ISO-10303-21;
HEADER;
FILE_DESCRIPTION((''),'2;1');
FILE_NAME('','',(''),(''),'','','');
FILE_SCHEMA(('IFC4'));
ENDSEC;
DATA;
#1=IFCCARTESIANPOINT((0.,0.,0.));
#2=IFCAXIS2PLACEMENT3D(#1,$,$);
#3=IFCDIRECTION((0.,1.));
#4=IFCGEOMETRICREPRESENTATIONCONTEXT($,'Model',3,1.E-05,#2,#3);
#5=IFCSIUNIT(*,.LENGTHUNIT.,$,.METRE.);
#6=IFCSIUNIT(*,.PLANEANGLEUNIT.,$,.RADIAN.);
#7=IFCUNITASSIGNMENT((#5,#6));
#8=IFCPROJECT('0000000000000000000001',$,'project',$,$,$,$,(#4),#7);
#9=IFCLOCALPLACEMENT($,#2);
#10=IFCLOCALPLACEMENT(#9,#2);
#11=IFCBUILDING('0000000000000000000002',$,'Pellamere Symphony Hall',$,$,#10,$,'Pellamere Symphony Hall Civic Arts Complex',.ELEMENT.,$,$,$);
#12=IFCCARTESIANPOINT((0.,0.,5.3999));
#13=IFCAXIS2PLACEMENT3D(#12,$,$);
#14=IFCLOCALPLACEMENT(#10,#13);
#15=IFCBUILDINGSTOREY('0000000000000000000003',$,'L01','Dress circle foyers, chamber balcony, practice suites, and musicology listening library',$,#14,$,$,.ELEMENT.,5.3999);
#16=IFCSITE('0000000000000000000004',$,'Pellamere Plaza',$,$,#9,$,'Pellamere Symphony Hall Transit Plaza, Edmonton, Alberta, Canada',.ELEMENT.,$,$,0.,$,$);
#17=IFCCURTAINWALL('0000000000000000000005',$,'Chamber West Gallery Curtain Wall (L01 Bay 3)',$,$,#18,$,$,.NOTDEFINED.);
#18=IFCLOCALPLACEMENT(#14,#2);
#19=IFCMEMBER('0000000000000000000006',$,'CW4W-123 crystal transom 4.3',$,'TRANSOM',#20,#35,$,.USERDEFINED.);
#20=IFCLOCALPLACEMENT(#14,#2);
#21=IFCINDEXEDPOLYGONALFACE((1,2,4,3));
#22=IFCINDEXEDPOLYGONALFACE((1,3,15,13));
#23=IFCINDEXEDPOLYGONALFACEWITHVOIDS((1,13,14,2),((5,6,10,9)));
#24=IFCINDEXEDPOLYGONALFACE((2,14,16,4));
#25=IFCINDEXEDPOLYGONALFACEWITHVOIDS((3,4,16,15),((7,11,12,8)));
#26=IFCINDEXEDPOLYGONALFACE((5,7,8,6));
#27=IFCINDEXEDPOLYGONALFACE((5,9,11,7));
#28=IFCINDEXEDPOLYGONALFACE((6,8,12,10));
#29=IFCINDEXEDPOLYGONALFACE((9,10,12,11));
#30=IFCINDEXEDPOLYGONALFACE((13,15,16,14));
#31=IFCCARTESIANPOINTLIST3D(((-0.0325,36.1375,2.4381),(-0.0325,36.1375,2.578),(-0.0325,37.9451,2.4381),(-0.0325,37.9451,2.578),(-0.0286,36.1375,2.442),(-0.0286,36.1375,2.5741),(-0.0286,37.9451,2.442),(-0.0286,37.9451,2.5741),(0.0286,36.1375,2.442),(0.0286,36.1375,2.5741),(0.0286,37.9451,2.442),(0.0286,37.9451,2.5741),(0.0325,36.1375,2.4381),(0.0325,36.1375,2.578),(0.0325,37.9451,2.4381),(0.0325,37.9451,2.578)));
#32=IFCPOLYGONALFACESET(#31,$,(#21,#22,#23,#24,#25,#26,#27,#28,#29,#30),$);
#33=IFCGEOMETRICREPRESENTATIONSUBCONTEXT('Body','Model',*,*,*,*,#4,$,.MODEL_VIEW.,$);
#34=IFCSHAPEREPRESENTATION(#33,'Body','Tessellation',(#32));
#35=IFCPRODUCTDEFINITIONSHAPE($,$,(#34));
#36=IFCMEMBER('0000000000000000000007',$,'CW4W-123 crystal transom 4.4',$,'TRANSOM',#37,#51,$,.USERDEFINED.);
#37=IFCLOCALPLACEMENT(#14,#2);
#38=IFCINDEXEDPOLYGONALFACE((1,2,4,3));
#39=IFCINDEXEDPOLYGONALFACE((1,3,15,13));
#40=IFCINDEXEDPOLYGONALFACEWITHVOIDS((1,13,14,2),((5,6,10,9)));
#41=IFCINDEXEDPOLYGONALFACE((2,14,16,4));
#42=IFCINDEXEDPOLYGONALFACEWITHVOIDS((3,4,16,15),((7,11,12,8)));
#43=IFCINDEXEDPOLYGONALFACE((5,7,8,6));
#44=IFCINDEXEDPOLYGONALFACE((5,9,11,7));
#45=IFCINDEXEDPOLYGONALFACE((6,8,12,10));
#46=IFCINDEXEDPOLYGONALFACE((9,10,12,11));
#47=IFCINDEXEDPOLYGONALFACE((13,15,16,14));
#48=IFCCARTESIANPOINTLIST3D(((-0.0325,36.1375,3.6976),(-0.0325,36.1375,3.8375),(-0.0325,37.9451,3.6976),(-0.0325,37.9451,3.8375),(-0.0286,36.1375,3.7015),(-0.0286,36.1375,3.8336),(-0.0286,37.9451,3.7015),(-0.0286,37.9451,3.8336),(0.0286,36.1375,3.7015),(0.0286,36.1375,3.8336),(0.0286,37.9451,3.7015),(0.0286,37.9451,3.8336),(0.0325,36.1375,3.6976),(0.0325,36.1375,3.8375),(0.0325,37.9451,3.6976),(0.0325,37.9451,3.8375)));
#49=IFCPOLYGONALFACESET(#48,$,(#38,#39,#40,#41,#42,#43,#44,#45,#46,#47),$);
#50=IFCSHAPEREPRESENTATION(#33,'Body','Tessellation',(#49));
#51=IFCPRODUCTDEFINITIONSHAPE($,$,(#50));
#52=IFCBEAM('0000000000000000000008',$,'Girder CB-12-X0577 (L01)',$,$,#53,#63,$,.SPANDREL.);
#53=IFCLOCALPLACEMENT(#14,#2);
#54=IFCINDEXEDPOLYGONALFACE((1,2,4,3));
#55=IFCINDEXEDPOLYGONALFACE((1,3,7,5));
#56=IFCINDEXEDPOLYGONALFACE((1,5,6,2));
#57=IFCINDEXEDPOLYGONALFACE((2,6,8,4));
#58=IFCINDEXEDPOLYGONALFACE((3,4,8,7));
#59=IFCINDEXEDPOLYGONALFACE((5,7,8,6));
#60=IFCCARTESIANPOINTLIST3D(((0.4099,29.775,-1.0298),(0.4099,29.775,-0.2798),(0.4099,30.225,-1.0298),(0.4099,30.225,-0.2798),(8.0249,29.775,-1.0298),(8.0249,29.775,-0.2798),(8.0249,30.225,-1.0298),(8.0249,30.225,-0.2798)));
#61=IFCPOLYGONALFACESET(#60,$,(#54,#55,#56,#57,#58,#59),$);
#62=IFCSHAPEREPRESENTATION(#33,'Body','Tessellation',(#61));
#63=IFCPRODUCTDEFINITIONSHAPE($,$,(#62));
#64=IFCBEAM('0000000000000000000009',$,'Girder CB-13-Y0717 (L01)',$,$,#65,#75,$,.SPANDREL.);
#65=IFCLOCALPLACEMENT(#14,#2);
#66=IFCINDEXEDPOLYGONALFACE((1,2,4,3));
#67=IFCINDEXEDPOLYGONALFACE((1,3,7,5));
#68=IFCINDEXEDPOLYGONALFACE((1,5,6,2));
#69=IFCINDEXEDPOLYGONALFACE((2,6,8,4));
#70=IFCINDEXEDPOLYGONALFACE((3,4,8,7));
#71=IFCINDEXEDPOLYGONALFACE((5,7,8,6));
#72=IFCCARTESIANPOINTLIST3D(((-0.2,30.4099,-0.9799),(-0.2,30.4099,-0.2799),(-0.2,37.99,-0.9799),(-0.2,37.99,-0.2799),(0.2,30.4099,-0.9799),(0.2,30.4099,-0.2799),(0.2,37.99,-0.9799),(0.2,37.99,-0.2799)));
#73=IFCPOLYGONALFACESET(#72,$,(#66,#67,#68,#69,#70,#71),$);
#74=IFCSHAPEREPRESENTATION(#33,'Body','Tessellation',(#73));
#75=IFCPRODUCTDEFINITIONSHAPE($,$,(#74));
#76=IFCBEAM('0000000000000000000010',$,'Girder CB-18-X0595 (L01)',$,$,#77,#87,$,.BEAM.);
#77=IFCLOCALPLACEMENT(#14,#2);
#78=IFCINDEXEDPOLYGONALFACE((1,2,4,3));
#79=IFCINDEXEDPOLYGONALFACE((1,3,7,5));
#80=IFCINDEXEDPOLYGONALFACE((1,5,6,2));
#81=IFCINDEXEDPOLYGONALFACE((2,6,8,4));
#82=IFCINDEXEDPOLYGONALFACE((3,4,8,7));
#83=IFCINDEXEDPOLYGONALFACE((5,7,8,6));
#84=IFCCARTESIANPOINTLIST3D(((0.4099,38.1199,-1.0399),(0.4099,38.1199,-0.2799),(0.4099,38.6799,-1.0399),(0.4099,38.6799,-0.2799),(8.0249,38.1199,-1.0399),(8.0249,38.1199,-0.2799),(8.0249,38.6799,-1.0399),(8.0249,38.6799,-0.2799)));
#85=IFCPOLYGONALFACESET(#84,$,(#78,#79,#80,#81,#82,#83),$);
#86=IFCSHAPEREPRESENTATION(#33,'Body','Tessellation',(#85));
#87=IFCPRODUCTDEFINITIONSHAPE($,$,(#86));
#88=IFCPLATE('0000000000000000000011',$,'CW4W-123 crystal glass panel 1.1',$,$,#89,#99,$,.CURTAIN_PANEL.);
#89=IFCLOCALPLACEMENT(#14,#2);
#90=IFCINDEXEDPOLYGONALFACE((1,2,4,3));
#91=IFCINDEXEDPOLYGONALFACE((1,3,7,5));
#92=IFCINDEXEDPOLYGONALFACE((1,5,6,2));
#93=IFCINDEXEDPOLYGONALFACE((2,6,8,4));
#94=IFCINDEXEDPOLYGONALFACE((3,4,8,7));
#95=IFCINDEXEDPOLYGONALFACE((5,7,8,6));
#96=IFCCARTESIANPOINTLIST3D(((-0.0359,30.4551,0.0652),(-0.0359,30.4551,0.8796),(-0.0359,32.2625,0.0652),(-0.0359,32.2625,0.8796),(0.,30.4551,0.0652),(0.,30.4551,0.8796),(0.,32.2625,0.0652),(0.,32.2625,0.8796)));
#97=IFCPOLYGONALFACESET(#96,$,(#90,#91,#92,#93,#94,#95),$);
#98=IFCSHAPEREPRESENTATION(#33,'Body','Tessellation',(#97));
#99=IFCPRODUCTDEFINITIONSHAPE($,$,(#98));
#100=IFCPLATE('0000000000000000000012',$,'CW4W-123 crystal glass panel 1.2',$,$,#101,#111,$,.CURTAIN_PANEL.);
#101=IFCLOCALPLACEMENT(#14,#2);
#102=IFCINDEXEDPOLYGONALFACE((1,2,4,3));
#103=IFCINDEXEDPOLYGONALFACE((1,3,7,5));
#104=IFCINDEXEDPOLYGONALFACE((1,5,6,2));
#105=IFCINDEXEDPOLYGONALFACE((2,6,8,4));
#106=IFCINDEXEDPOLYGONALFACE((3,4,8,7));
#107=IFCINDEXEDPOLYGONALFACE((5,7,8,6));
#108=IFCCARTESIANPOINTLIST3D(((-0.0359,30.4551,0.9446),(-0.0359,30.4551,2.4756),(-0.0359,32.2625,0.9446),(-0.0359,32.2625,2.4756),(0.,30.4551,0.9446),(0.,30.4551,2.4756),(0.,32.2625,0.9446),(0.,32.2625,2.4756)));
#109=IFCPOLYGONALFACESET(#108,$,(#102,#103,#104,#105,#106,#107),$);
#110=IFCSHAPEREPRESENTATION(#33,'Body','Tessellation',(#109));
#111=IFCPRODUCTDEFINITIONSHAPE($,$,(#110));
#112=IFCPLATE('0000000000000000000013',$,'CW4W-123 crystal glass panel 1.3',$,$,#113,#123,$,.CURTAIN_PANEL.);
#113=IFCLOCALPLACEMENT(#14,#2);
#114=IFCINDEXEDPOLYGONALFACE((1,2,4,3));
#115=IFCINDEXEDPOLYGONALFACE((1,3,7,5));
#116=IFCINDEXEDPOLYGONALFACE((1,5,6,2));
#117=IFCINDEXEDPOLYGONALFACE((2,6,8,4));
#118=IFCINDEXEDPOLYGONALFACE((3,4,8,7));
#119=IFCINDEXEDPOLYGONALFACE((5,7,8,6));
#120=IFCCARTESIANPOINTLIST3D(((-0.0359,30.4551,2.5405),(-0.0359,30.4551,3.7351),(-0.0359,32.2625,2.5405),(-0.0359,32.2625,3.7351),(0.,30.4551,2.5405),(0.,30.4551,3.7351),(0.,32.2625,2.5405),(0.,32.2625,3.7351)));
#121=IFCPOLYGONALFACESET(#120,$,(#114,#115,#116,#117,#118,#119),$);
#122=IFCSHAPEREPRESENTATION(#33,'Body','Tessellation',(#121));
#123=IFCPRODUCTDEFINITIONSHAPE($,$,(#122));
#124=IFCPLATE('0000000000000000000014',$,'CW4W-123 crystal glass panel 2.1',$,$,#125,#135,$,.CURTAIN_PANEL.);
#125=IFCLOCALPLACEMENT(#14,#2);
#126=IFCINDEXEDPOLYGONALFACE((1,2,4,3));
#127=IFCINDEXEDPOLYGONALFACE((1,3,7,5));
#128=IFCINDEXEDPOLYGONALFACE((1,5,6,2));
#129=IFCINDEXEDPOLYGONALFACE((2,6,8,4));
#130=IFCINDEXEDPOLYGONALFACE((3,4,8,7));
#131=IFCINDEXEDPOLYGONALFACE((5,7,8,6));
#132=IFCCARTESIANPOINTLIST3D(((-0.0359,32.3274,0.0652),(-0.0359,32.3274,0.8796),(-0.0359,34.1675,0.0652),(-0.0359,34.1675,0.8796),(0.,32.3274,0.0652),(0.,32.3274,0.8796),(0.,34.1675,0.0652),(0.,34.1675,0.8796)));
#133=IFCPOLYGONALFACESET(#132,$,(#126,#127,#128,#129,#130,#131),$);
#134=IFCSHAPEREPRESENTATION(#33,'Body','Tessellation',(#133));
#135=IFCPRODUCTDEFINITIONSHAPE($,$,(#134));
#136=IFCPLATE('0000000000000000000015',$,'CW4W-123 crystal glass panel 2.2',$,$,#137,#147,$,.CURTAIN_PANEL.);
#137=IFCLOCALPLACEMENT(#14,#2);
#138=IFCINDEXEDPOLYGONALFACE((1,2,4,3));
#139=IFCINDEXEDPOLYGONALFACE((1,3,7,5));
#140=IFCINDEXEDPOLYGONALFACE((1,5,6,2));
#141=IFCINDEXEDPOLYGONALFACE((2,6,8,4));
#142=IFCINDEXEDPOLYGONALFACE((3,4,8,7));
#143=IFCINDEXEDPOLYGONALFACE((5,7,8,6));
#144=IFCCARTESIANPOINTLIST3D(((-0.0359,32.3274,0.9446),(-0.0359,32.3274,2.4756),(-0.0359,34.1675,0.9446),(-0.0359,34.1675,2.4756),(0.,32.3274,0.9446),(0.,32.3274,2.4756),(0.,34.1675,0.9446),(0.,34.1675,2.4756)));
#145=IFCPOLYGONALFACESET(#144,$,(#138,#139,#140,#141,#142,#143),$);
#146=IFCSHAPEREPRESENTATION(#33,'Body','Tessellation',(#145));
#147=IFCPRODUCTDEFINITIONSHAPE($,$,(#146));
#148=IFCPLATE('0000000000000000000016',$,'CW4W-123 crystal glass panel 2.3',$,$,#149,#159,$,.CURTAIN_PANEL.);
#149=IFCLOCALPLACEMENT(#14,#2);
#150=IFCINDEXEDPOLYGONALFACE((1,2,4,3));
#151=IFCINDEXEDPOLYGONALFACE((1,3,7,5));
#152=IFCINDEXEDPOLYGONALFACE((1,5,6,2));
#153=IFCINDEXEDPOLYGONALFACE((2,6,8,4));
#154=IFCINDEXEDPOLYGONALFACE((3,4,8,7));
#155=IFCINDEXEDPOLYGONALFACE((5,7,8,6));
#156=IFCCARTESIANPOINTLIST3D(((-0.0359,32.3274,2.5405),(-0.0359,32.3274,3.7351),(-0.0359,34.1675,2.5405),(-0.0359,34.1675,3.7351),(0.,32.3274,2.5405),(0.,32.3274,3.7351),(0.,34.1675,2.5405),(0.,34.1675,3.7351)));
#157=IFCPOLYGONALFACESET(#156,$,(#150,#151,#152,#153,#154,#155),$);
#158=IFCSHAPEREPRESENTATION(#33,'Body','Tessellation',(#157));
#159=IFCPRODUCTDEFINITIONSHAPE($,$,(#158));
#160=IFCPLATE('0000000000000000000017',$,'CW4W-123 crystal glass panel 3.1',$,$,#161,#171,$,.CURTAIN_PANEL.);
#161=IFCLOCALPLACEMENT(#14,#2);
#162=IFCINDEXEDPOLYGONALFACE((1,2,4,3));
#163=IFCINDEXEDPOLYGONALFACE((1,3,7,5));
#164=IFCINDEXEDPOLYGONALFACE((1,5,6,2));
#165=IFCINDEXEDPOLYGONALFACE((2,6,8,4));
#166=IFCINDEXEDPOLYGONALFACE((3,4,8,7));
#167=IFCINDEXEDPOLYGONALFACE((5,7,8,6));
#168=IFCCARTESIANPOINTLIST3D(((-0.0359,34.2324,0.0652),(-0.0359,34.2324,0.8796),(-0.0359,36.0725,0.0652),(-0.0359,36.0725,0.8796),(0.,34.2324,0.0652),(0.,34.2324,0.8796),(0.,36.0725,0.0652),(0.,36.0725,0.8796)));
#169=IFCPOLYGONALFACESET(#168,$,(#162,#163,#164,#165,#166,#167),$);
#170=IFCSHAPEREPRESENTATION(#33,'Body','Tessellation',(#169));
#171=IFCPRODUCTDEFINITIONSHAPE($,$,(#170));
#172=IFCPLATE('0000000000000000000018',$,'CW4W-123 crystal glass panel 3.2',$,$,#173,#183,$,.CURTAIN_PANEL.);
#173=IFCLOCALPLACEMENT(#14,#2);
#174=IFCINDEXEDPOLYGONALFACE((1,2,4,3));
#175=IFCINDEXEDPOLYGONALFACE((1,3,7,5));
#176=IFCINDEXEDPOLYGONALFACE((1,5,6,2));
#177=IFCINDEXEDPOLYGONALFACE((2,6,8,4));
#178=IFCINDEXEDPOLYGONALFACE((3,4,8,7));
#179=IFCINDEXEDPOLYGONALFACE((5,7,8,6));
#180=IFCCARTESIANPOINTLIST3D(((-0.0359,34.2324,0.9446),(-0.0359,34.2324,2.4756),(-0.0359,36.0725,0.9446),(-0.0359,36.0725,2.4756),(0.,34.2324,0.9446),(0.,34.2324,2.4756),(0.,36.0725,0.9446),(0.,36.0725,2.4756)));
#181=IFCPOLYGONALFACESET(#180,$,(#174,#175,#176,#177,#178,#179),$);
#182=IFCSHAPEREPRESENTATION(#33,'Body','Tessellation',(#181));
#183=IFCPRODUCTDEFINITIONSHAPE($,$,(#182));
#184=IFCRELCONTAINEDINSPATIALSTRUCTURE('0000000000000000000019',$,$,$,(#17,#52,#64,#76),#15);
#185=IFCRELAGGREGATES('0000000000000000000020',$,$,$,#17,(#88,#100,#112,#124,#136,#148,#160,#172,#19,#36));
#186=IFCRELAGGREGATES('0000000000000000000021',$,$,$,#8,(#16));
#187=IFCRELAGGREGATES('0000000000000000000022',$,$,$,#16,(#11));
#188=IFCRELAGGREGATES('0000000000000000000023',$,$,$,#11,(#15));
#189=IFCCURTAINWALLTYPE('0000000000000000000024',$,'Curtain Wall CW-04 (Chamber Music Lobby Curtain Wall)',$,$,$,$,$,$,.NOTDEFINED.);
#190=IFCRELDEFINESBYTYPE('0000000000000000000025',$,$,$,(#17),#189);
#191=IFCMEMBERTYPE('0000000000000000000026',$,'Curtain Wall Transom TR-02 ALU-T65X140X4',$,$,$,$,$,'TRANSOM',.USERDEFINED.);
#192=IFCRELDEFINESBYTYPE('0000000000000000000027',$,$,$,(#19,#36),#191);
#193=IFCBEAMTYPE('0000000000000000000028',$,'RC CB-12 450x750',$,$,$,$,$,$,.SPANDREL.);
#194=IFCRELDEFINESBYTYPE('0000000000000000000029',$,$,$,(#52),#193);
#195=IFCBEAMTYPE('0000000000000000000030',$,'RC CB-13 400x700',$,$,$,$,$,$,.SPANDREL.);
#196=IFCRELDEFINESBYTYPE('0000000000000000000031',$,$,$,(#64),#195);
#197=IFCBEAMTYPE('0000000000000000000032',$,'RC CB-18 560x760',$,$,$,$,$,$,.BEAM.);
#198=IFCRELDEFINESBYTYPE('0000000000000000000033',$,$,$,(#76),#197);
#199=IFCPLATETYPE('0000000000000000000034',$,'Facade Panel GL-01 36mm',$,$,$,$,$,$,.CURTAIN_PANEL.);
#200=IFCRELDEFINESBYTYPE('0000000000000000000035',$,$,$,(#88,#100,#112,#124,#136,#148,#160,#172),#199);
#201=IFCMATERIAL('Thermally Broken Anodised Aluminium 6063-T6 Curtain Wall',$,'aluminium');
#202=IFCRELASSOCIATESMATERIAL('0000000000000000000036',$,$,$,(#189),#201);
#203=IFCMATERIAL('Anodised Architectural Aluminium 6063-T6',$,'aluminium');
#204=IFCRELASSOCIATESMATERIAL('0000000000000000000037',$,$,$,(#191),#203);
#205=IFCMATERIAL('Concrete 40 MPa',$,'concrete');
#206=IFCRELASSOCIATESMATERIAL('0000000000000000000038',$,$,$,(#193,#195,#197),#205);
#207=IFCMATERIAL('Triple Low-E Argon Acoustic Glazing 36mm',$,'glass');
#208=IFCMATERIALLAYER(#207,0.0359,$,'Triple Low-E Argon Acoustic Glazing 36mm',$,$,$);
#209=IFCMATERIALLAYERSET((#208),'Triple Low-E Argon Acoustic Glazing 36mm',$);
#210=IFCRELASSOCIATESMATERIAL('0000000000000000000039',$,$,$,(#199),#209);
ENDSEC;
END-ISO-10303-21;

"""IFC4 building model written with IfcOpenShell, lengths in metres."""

from ifc_helpers import new_model, si_unit, direction, frame, origin, origin_2d, place, context, subcontext, project, spatial, polyline, rectangle, hollow_rectangle, outline, extrude, material, layer, layer_set, material_profile, profile_set, type_object, element, aggregate, save


model = new_model("IFC4")

# Units and contexts
model_context = context("Model", 3, precision=1e-05, world=origin(), true_north=direction((0.0, 1.0)))
body_context = subcontext(model_context, "Body", "Model", "MODEL_VIEW")
ifc_project = project(units=[si_unit("LENGTHUNIT", "METRE"), si_unit("PLANEANGLEUNIT", "RADIAN")], contexts=[model_context])

# Site, building, storey
site_placement = place(None, origin())
site = spatial("IfcSite", under=ifc_project, at=site_placement, Name="Pellamere Plaza", LongName="Pellamere Symphony Hall Transit Plaza, Edmonton, Alberta, Canada", CompositionType="ELEMENT", RefElevation=0.0)
building_placement = place(site_placement, origin())
building = spatial("IfcBuilding", under=site, at=building_placement, Name="Pellamere Symphony Hall", LongName="Pellamere Symphony Hall Civic Arts Complex", CompositionType="ELEMENT")
storey_placement = place(building_placement, frame((0.0, 0.0, 5.3999)))
storey = spatial("IfcBuildingStorey", under=building, at=storey_placement, Name="L01", Description="Dress circle foyers, chamber balcony, practice suites, and musicology listening library", CompositionType="ELEMENT", Elevation=5.3999)

# Shared definitions
ifc_material_1 = material(Name="Concrete 40 MPa", Category="concrete")

# Shared definitions
ifc_material_2 = material(Name="Thermally Broken Anodised Aluminium 6063-T6 Curtain Wall", Category="aluminium")
curtain_wall_type = type_object("IfcCurtainWallType", Name="Curtain Wall CW-04 (Chamber Music Lobby Curtain Wall)", PredefinedType="NOTDEFINED", material=ifc_material_2)
ifc_material_3 = material(Name="Anodised Architectural Aluminium 6063-T6", Category="aluminium")

# Curtain wall, members
curtain_wall_1_placement = place(storey_placement, origin())
curtain_wall_1 = element("IfcCurtainWall", 1, at=curtain_wall_1_placement, inside=storey, type_object=curtain_wall_type, Name="Chamber West Gallery Curtain Wall (L01 Bay 3)", PredefinedType="NOTDEFINED")
ifc_material_profile_1 = material_profile(ifc_material_3, hollow_rectangle(XDim=0.0649, YDim=0.1399, WallThickness=0.0039, at=origin_2d()), Name="ALU-T65X140X4")
ifc_profile_set_1 = profile_set([ifc_material_profile_1], Name="Anodised Architectural Aluminium 6063-T6")
member_type_1 = type_object("IfcMemberType", Name="Curtain Wall Transom TR-02 ALU-T65X140X4", ElementType="TRANSOM", PredefinedType="USERDEFINED", material=ifc_profile_set_1)
member_1_placement = place(storey_placement, frame((0.0, 36.1375, 2.5081), z_axis=(0.0, 1.0, 0.0), x_axis=(-1.0, 0.0, 0.0)))
member_1 = element("IfcMember", 2, at=member_1_placement, type_object=member_type_1, Name="CW4W-123 crystal transom 4.3", ObjectType="TRANSOM", PredefinedType="USERDEFINED", context=body_context, shape_type="SweptSolid", body=[
    extrude(hollow_rectangle(XDim=0.0649, YDim=0.1399, WallThickness=0.0039, at=origin_2d()), origin(), (0.0, 0.0, 1.0), 1.8076),
])
member_2_placement = place(storey_placement, frame((0.0, 36.1375, 3.7676), z_axis=(0.0, 1.0, 0.0), x_axis=(-1.0, 0.0, 0.0)))
member_2 = element("IfcMember", 3, at=member_2_placement, type_object=member_type_1, Name="CW4W-123 crystal transom 4.4", ObjectType="TRANSOM", PredefinedType="USERDEFINED", context=body_context, shape_type="SweptSolid", body=[
    extrude(hollow_rectangle(XDim=0.0649, YDim=0.1399, WallThickness=0.0039, at=origin_2d()), origin(), (0.0, 0.0, 1.0), 1.8076),
])

# Beams
ifc_material_profile_2 = material_profile(ifc_material_1, rectangle(XDim=0.45, YDim=0.75, at=origin_2d()), Name="RC 450x750")
ifc_profile_set_2 = profile_set([ifc_material_profile_2], Name="Concrete 40 MPa")
beam_type_1 = type_object("IfcBeamType", Name="RC CB-12 450x750", PredefinedType="SPANDREL", material=ifc_profile_set_2)
beam_1_placement = place(storey_placement, frame((0.4099, 30.0, -0.6548), z_axis=(1.0, 0.0, 0.0), x_axis=(0.0, 1.0, 0.0)))
element("IfcBeam", 4, at=beam_1_placement, inside=storey, type_object=beam_type_1, Name="Girder CB-12-X0577 (L01)", PredefinedType="SPANDREL", context=body_context, shape_type="SweptSolid", body=[
    extrude(rectangle(XDim=0.45, YDim=0.75, at=origin_2d()), origin(), (0.0, 0.0, 1.0), 7.615),
])
ifc_material_profile_3 = material_profile(ifc_material_1, rectangle(XDim=0.3999, YDim=0.7, at=origin_2d()), Name="RC 400x700")
ifc_profile_set_3 = profile_set([ifc_material_profile_3], Name="Concrete 40 MPa")
beam_type_2 = type_object("IfcBeamType", Name="RC CB-13 400x700", PredefinedType="SPANDREL", material=ifc_profile_set_3)
beam_2_placement = place(storey_placement, frame((0.0, 30.4099, -0.6299), z_axis=(0.0, 1.0, 0.0), x_axis=(-1.0, 0.0, 0.0)))
element("IfcBeam", 5, at=beam_2_placement, inside=storey, type_object=beam_type_2, Name="Girder CB-13-Y0717 (L01)", PredefinedType="SPANDREL", context=body_context, shape_type="SweptSolid", body=[
    extrude(rectangle(XDim=0.3999, YDim=0.7, at=origin_2d()), origin(), (0.0, 0.0, 1.0), 7.5801),
])
ifc_material_profile_4 = material_profile(ifc_material_1, rectangle(XDim=0.5601, YDim=0.76, at=origin_2d()), Name="RC 560x760")
ifc_profile_set_4 = profile_set([ifc_material_profile_4], Name="Concrete 40 MPa")
beam_type_3 = type_object("IfcBeamType", Name="RC CB-18 560x760", PredefinedType="BEAM", material=ifc_profile_set_4)
beam_3_placement = place(storey_placement, frame((0.4099, 38.3999, -0.6599), z_axis=(1.0, 0.0, 0.0), x_axis=(0.0, 1.0, 0.0)))
element("IfcBeam", 6, at=beam_3_placement, inside=storey, type_object=beam_type_3, Name="Girder CB-18-X0595 (L01)", PredefinedType="BEAM", context=body_context, shape_type="SweptSolid", body=[
    extrude(rectangle(XDim=0.5601, YDim=0.76, at=origin_2d()), origin(), (0.0, 0.0, 1.0), 7.615),
])

# Plates
ifc_material_4 = material(Name="Triple Low-E Argon Acoustic Glazing 36mm", Category="glass")
ifc_layer_1 = layer(ifc_material_4, 0.0359, Name="Triple Low-E Argon Acoustic Glazing 36mm")
ifc_layer_set_1 = layer_set([ifc_layer_1], Name="Triple Low-E Argon Acoustic Glazing 36mm")
plate_type = type_object("IfcPlateType", Name="Facade Panel GL-01 36mm", PredefinedType="CURTAIN_PANEL", material=ifc_layer_set_1)
plate_1_placement = place(storey_placement, frame((0.0, 30.4551, 0.0652), z_axis=(1.0, 0.0, 0.0), x_axis=(0.0, 1.0, 0.0)))
plate_1 = element("IfcPlate", 7, at=plate_1_placement, type_object=plate_type, Name="CW4W-123 crystal glass panel 1.1", PredefinedType="CURTAIN_PANEL", context=body_context, shape_type="SweptSolid", body=[
    extrude(outline(polyline([(0.0, 0.0), (1.8074, 0.0), (1.8074, 0.8145), (0.0, 0.8145), (0.0, 0.0)])), origin(), (0.0, 0.0, -1.0), 0.0359),
])
plate_2_placement = place(storey_placement, frame((0.0, 30.4551, 0.9446), z_axis=(1.0, 0.0, 0.0), x_axis=(0.0, 1.0, 0.0)))
plate_2 = element("IfcPlate", 8, at=plate_2_placement, type_object=plate_type, Name="CW4W-123 crystal glass panel 1.2", PredefinedType="CURTAIN_PANEL", context=body_context, shape_type="SweptSolid", body=[
    extrude(outline(polyline([(0.0, 0.0), (1.8074, 0.0), (1.8074, 1.531), (0.0, 1.531), (0.0, 0.0)])), origin(), (0.0, 0.0, -1.0), 0.0359),
])
plate_3_placement = place(storey_placement, frame((0.0, 30.4551, 2.5405), z_axis=(1.0, 0.0, 0.0), x_axis=(0.0, 1.0, 0.0)))
plate_3 = element("IfcPlate", 9, at=plate_3_placement, type_object=plate_type, Name="CW4W-123 crystal glass panel 1.3", PredefinedType="CURTAIN_PANEL", context=body_context, shape_type="SweptSolid", body=[
    extrude(outline(polyline([(0.0, 0.0), (1.8074, 0.0), (1.8074, 1.1946), (0.0, 1.1946), (0.0, 0.0)])), origin(), (0.0, 0.0, -1.0), 0.0359),
])
plate_4_placement = place(storey_placement, frame((0.0, 32.3274, 0.0652), z_axis=(1.0, 0.0, 0.0), x_axis=(0.0, 1.0, 0.0)))
plate_4 = element("IfcPlate", 10, at=plate_4_placement, type_object=plate_type, Name="CW4W-123 crystal glass panel 2.1", PredefinedType="CURTAIN_PANEL", context=body_context, shape_type="SweptSolid", body=[
    extrude(outline(polyline([(0.0, 0.0), (1.8401, 0.0), (1.8401, 0.8145), (0.0, 0.8145), (0.0, 0.0)])), origin(), (0.0, 0.0, -1.0), 0.0359),
])
plate_5_placement = place(storey_placement, frame((0.0, 32.3274, 0.9446), z_axis=(1.0, 0.0, 0.0), x_axis=(0.0, 1.0, 0.0)))
plate_5 = element("IfcPlate", 11, at=plate_5_placement, type_object=plate_type, Name="CW4W-123 crystal glass panel 2.2", PredefinedType="CURTAIN_PANEL", context=body_context, shape_type="SweptSolid", body=[
    extrude(outline(polyline([(0.0, 0.0), (1.8401, 0.0), (1.8401, 1.531), (0.0, 1.531), (0.0, 0.0)])), origin(), (0.0, 0.0, -1.0), 0.0359),
])
plate_6_placement = place(storey_placement, frame((0.0, 32.3274, 2.5405), z_axis=(1.0, 0.0, 0.0), x_axis=(0.0, 1.0, 0.0)))
plate_6 = element("IfcPlate", 12, at=plate_6_placement, type_object=plate_type, Name="CW4W-123 crystal glass panel 2.3", PredefinedType="CURTAIN_PANEL", context=body_context, shape_type="SweptSolid", body=[
    extrude(outline(polyline([(0.0, 0.0), (1.8401, 0.0), (1.8401, 1.1946), (0.0, 1.1946), (0.0, 0.0)])), origin(), (0.0, 0.0, -1.0), 0.0359),
])
plate_7_placement = place(storey_placement, frame((0.0, 34.2324, 0.0652), z_axis=(1.0, 0.0, 0.0), x_axis=(0.0, 1.0, 0.0)))
plate_7 = element("IfcPlate", 13, at=plate_7_placement, type_object=plate_type, Name="CW4W-123 crystal glass panel 3.1", PredefinedType="CURTAIN_PANEL", context=body_context, shape_type="SweptSolid", body=[
    extrude(outline(polyline([(0.0, 0.0), (1.8401, 0.0), (1.8401, 0.8145), (0.0, 0.8145), (0.0, 0.0)])), origin(), (0.0, 0.0, -1.0), 0.0359),
])
plate_8_placement = place(storey_placement, frame((0.0, 34.2324, 0.9446), z_axis=(1.0, 0.0, 0.0), x_axis=(0.0, 1.0, 0.0)))
plate_8 = element("IfcPlate", 14, at=plate_8_placement, type_object=plate_type, Name="CW4W-123 crystal glass panel 3.2", PredefinedType="CURTAIN_PANEL", context=body_context, shape_type="SweptSolid", body=[
    extrude(outline(polyline([(0.0, 0.0), (1.8401, 0.0), (1.8401, 1.531), (0.0, 1.531), (0.0, 0.0)])), origin(), (0.0, 0.0, -1.0), 0.0359),
])
aggregate(curtain_wall_1, [plate_1, plate_2, plate_3, plate_4, plate_5, plate_6, plate_7, plate_8, member_1, member_2])

save(model, "model.ifc")
